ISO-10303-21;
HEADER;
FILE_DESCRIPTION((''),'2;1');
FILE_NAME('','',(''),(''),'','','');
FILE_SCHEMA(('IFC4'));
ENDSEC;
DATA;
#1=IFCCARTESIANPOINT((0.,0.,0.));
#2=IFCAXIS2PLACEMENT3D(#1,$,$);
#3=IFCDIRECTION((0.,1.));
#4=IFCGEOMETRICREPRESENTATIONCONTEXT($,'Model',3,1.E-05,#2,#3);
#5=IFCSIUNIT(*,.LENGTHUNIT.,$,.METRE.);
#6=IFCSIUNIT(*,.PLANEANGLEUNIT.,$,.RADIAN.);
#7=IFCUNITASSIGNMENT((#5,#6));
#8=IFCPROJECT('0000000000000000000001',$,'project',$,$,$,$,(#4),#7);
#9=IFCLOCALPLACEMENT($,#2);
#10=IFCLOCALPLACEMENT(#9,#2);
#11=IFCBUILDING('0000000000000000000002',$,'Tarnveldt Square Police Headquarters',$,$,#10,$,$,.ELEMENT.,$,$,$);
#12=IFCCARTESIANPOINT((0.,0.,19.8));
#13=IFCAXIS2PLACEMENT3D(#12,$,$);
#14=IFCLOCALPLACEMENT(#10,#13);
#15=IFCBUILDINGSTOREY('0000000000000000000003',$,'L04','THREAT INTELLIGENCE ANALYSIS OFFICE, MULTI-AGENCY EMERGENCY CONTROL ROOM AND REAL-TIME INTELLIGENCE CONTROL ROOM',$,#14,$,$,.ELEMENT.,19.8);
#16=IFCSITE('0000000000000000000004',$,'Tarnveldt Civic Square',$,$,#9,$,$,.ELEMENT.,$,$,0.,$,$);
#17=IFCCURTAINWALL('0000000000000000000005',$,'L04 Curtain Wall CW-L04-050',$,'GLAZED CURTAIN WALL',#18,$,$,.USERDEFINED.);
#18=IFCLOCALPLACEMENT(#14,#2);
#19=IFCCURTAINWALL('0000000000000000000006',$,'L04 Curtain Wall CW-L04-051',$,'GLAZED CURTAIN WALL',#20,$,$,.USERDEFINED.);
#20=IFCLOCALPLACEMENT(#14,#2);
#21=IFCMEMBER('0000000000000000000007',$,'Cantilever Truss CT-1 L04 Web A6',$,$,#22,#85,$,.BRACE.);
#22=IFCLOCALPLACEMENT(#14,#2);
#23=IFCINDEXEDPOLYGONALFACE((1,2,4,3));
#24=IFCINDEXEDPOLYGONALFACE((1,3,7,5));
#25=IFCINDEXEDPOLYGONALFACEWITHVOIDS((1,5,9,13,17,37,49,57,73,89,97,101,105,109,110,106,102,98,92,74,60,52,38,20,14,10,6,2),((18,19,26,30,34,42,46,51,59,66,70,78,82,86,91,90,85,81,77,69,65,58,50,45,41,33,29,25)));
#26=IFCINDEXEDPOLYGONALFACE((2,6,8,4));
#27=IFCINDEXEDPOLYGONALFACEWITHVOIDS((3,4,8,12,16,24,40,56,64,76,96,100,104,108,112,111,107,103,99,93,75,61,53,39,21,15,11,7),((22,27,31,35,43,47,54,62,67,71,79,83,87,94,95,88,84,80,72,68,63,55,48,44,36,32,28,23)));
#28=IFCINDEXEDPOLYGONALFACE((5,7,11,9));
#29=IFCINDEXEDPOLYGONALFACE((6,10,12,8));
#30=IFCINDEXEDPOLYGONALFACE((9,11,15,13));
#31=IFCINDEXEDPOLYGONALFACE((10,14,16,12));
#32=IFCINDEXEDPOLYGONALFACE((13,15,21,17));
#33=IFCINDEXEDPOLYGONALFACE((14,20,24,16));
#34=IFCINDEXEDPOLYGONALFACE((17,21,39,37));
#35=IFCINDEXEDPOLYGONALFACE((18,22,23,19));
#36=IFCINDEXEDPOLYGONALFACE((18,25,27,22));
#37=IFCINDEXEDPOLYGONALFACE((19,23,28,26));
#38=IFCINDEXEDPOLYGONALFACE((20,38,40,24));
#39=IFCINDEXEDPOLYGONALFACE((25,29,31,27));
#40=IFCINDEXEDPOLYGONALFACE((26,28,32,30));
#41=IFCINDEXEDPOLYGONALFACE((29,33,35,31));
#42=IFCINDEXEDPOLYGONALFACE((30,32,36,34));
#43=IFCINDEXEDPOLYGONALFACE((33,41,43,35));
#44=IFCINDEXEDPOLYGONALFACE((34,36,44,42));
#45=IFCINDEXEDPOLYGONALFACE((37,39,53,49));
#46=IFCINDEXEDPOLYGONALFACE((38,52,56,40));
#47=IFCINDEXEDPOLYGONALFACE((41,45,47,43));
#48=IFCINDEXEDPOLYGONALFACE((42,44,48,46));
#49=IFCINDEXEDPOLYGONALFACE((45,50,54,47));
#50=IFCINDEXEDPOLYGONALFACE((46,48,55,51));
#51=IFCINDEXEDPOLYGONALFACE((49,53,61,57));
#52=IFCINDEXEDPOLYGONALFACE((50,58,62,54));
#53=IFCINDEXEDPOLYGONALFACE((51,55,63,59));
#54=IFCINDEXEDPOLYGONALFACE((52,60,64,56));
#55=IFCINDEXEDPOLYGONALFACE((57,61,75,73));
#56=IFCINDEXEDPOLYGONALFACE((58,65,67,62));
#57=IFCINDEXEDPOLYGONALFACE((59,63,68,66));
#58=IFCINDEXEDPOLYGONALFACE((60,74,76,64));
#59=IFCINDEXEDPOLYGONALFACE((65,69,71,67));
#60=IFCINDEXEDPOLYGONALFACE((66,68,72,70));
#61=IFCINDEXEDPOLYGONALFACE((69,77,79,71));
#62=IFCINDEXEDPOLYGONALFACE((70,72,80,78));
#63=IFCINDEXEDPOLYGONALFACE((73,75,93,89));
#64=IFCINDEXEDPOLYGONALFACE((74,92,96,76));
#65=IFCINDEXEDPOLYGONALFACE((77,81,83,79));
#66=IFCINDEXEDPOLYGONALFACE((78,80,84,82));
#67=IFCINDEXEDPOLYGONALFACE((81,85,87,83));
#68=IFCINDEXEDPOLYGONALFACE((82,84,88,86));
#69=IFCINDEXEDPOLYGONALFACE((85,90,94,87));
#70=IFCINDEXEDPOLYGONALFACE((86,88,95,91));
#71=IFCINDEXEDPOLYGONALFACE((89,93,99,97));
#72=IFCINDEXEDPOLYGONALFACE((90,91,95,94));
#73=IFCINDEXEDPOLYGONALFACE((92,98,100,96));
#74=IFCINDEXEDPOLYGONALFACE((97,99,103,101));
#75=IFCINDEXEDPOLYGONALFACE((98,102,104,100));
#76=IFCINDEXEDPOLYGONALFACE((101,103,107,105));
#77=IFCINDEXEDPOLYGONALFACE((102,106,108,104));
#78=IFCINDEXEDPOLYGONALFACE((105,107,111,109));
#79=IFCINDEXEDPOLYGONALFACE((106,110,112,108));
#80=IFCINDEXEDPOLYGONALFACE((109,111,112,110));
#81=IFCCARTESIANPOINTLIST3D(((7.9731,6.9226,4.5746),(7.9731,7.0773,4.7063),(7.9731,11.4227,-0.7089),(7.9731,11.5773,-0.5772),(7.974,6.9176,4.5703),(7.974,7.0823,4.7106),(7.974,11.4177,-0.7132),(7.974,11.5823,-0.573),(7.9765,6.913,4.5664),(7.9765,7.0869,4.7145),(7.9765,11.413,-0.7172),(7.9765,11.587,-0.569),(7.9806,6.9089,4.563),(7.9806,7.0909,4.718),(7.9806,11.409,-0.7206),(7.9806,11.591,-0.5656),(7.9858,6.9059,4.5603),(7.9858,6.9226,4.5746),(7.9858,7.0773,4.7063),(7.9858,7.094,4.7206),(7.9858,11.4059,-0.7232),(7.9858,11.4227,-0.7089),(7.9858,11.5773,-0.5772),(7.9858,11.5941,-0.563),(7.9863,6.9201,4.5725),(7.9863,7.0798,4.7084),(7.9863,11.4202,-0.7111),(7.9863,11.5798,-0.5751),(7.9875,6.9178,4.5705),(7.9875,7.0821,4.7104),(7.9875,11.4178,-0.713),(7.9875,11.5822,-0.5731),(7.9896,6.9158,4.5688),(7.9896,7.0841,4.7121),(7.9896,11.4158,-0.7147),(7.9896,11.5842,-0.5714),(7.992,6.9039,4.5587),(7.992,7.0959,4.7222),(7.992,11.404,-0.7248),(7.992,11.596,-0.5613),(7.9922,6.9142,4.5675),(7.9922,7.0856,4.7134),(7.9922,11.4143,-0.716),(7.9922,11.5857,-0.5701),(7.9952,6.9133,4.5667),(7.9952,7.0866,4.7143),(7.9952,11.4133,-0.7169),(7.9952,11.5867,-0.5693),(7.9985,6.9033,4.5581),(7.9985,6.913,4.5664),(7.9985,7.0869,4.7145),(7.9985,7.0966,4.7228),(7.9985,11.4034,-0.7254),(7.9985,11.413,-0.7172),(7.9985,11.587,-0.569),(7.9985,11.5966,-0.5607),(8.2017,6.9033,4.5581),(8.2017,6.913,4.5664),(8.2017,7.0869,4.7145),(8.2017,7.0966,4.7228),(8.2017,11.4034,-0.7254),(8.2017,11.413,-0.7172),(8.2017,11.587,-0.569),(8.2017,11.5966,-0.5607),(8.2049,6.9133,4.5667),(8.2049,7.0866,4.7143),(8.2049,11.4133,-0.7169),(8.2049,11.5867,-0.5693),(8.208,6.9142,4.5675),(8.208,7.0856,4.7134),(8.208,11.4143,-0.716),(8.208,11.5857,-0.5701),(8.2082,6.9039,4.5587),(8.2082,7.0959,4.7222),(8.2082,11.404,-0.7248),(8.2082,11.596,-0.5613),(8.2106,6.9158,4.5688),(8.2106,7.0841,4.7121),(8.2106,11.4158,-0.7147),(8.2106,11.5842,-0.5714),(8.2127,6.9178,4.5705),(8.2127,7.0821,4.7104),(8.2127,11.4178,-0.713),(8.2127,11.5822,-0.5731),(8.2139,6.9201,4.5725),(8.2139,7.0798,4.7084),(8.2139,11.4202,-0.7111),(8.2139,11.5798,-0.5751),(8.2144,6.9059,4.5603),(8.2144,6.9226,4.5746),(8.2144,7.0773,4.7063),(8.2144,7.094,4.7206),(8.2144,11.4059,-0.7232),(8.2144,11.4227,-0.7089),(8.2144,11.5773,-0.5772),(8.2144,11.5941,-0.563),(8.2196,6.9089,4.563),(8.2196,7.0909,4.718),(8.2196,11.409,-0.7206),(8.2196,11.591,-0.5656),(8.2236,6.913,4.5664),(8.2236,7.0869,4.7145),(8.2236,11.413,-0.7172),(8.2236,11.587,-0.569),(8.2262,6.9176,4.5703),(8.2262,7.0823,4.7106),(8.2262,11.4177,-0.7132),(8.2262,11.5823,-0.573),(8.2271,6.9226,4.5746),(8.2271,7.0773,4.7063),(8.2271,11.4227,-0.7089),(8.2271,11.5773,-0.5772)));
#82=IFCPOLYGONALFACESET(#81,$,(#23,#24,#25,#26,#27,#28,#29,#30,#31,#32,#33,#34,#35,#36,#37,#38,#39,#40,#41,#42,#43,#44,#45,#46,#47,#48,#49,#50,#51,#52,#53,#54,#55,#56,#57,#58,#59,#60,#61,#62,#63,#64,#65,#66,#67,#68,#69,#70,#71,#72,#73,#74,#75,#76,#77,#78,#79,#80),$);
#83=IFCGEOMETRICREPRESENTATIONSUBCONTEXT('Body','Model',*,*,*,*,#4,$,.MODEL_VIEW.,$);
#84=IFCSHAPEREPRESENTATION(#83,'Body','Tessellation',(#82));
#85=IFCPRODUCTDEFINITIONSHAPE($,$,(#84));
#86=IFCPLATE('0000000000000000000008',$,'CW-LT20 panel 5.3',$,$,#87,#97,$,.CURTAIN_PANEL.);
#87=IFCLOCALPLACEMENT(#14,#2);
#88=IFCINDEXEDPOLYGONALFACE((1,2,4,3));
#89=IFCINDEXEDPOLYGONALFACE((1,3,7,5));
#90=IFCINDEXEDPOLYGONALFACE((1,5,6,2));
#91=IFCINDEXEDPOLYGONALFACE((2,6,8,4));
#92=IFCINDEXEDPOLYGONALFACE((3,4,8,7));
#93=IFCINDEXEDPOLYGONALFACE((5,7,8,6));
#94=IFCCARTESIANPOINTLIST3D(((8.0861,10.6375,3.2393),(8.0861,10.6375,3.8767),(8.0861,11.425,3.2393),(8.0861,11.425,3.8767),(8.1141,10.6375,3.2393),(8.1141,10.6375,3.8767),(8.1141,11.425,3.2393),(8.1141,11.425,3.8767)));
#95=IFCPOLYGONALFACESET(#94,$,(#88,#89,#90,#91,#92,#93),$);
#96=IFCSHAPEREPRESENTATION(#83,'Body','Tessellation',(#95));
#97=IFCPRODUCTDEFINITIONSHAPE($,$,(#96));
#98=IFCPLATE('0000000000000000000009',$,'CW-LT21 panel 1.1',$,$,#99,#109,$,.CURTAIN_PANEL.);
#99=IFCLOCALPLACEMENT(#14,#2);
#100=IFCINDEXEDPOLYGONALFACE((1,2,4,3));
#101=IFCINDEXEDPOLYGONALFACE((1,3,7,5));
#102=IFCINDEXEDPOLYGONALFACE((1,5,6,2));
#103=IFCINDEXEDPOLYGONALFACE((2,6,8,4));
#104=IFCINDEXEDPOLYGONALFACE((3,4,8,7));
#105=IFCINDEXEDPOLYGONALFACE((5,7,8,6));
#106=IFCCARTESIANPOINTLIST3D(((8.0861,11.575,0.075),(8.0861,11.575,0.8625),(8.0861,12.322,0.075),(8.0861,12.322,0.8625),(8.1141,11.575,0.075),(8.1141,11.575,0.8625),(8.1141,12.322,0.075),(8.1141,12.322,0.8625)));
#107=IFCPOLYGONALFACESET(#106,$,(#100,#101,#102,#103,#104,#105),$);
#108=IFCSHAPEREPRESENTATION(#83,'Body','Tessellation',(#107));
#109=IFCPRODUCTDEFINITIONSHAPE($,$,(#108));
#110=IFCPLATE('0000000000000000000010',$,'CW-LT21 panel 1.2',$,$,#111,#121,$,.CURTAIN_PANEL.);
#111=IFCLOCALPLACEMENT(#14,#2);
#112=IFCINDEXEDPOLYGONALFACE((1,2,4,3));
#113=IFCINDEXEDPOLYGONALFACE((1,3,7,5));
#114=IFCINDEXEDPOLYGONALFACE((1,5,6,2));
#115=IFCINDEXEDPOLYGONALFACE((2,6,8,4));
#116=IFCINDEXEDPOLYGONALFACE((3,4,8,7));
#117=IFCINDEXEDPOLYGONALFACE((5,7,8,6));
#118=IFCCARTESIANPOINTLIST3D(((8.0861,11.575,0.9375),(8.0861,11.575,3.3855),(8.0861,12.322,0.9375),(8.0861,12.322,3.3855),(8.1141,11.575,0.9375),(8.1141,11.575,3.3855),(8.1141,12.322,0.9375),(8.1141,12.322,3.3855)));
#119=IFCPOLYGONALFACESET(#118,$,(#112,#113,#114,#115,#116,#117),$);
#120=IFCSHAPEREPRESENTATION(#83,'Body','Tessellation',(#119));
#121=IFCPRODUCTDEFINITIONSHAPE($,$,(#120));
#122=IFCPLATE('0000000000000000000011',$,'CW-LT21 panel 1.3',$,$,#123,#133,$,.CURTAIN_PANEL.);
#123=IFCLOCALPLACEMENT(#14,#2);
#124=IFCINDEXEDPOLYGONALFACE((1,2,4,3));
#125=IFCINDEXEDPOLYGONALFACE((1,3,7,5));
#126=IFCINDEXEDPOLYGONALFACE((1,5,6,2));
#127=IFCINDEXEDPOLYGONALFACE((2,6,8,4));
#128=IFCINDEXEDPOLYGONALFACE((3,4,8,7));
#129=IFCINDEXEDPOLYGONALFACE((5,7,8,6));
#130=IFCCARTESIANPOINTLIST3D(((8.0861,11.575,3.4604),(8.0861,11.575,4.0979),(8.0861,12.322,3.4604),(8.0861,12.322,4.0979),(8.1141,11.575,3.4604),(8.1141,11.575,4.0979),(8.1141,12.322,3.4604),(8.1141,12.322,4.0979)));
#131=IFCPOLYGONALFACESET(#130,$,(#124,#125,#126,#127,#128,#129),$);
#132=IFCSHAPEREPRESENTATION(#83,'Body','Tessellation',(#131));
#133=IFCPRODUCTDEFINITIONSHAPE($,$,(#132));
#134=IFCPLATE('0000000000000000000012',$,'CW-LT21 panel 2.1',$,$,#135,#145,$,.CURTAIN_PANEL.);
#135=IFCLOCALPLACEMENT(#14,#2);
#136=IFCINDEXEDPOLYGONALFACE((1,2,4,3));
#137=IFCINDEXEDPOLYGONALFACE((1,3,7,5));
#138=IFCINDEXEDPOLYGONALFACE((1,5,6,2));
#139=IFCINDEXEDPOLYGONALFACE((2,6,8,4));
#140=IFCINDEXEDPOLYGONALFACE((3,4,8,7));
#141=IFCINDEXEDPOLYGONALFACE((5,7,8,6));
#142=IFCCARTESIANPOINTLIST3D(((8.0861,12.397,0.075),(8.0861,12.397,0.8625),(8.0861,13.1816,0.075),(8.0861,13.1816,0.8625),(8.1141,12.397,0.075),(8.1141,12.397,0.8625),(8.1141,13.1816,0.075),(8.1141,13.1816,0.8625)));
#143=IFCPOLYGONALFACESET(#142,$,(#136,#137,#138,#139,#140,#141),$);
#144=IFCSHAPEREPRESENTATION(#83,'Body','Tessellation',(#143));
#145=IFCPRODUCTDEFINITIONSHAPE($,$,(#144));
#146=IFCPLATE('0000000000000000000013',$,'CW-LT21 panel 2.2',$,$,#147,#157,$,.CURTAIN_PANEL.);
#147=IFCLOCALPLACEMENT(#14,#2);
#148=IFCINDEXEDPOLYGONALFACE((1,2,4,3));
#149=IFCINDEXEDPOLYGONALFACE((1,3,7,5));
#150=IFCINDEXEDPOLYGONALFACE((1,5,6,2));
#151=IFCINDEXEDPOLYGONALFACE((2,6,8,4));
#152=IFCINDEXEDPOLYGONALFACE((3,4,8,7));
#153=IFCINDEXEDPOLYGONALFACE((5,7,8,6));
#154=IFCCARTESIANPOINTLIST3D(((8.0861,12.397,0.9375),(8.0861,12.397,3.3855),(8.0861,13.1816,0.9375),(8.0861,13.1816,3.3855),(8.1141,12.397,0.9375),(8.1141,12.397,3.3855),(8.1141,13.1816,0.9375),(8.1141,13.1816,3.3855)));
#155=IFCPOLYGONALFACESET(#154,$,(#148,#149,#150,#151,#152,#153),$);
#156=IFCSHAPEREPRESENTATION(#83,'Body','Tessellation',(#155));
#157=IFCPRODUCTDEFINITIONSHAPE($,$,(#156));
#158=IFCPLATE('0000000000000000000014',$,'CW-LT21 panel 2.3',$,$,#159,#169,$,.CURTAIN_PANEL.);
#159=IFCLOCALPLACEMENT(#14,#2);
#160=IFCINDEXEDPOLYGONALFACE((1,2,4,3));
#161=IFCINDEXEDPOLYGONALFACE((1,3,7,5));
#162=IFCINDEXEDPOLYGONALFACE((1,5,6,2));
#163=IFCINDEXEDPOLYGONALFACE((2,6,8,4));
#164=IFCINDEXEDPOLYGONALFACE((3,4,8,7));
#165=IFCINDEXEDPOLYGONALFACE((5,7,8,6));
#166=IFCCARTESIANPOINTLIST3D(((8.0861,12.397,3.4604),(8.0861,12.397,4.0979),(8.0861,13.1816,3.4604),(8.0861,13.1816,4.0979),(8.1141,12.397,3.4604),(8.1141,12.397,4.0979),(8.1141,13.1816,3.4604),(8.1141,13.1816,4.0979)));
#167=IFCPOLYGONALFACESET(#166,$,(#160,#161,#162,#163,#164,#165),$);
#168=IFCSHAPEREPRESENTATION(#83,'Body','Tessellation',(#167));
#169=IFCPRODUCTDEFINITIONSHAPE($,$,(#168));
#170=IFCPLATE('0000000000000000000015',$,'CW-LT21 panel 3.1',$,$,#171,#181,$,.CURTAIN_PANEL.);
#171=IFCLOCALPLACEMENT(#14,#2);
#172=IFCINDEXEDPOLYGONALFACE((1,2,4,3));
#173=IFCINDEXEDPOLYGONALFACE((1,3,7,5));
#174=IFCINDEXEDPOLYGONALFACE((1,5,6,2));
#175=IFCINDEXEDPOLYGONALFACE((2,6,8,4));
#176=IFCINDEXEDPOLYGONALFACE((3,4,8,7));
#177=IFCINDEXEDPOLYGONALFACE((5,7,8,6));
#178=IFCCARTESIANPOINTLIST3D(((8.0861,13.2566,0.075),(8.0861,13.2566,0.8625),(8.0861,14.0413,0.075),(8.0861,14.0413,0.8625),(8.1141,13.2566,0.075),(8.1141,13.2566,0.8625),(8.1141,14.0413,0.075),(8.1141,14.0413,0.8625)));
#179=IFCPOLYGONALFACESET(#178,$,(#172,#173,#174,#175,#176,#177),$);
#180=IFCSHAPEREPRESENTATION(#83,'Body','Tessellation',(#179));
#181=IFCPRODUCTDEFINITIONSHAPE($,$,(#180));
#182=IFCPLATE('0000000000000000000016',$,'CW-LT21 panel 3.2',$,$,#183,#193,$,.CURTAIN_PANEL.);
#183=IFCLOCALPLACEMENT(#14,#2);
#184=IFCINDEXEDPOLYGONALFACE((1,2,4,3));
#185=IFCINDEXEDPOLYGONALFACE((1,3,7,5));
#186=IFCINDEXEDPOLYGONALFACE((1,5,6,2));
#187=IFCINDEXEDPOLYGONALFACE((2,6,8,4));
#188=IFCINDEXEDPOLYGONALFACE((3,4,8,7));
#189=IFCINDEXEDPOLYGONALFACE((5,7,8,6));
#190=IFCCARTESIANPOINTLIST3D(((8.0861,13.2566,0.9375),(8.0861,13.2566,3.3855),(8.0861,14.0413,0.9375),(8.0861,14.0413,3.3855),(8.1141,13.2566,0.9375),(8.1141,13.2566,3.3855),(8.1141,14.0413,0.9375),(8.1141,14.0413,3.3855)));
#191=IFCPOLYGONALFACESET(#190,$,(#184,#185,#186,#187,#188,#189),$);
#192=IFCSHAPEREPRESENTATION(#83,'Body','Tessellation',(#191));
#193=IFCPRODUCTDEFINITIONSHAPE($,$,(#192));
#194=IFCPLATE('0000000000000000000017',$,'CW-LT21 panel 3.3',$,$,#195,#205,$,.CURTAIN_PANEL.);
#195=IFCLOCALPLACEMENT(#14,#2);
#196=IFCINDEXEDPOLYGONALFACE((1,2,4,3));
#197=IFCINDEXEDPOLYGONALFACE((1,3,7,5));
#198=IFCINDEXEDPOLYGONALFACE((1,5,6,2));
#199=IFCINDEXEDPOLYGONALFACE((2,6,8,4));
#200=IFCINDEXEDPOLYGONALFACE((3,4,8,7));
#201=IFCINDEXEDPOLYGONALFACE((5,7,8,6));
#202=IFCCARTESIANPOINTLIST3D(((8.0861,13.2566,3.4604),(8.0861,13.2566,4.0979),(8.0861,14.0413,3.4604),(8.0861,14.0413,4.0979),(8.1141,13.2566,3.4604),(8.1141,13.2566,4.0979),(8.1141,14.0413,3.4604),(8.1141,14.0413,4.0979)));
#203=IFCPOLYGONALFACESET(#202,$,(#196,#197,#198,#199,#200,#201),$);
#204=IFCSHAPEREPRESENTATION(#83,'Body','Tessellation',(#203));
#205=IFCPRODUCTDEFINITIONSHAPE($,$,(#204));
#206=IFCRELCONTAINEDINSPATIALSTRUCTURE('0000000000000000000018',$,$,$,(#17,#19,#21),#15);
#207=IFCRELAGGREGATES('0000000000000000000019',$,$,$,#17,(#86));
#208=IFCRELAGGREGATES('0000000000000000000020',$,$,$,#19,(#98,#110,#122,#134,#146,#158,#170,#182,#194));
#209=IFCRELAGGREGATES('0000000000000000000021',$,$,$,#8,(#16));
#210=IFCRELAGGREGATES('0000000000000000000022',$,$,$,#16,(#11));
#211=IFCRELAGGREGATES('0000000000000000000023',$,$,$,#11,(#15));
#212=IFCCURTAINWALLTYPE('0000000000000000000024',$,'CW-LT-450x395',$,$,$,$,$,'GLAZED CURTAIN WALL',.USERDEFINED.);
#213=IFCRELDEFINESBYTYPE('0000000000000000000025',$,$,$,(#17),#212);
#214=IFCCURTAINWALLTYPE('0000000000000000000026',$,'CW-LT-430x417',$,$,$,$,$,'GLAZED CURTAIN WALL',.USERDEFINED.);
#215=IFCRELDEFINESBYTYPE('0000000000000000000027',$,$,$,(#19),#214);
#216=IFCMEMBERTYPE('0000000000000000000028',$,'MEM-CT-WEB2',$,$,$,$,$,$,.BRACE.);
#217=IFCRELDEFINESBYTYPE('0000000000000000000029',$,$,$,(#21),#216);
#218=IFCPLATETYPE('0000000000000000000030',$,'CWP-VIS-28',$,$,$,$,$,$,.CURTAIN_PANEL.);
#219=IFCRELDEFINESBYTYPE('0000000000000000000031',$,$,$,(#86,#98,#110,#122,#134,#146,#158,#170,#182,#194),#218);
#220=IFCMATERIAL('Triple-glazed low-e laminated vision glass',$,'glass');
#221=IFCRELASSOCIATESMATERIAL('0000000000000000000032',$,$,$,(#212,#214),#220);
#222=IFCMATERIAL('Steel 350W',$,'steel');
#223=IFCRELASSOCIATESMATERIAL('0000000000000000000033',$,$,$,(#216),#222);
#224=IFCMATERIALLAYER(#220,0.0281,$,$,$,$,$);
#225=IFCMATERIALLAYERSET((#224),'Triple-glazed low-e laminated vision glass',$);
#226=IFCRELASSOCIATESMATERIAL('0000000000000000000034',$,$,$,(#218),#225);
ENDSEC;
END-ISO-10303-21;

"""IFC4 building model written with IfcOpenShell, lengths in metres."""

from ifc_helpers import new_model, si_unit, direction, frame, origin, origin_2d, place, context, subcontext, project, spatial, rectangle, hollow_rectangle, extrude, material, layer, layer_set, material_profile, profile_set, type_object, element, aggregate, save


model = new_model("IFC4")

# Units and contexts
model_context = context("Model", 3, precision=1e-05, world=origin(), true_north=direction((0.0, 1.0)))
body_context = subcontext(model_context, "Body", "Model", "MODEL_VIEW")
ifc_project = project(units=[si_unit("LENGTHUNIT", "METRE"), si_unit("PLANEANGLEUNIT", "RADIAN")], contexts=[model_context])

# Site, building, storey
site_placement = place(None, origin())
site = spatial("IfcSite", under=ifc_project, at=site_placement, Name="Tarnveldt Civic Square", CompositionType="ELEMENT", RefElevation=0.0)
building_placement = place(site_placement, origin())
building = spatial("IfcBuilding", under=site, at=building_placement, Name="Tarnveldt Square Police Headquarters", CompositionType="ELEMENT")
storey_placement = place(building_placement, frame((0.0, 0.0, 19.8)))
storey = spatial("IfcBuildingStorey", under=building, at=storey_placement, Name="L04", Description="THREAT INTELLIGENCE ANALYSIS OFFICE, MULTI-AGENCY EMERGENCY CONTROL ROOM AND REAL-TIME INTELLIGENCE CONTROL ROOM", CompositionType="ELEMENT", Elevation=19.8)

# Shared definitions
ifc_material_1 = material(Name="Steel 350W", Category="steel")

# Curtain wall
ifc_material_2 = material(Name="Triple-glazed low-e laminated vision glass", Category="glass")
curtain_wall_type_1 = type_object("IfcCurtainWallType", Name="CW-LT-450x395", ElementType="GLAZED CURTAIN WALL", PredefinedType="USERDEFINED", material=ifc_material_2)
curtain_wall_1_placement = place(storey_placement, origin())
curtain_wall_1 = element("IfcCurtainWall", 1, at=curtain_wall_1_placement, inside=storey, type_object=curtain_wall_type_1, Name="L04 Curtain Wall CW-L04-050", ObjectType="GLAZED CURTAIN WALL", PredefinedType="USERDEFINED")

# Curtain wall
curtain_wall_type_2 = type_object("IfcCurtainWallType", Name="CW-LT-430x417", ElementType="GLAZED CURTAIN WALL", PredefinedType="USERDEFINED", material=ifc_material_2)
curtain_wall_2_placement = place(storey_placement, origin())
curtain_wall_2 = element("IfcCurtainWall", 2, at=curtain_wall_2_placement, inside=storey, type_object=curtain_wall_type_2, Name="L04 Curtain Wall CW-L04-051", ObjectType="GLAZED CURTAIN WALL", PredefinedType="USERDEFINED")

# Member
ifc_material_profile_1 = material_profile(ifc_material_1, hollow_rectangle(XDim=0.2539, YDim=0.2539, WallThickness=0.0127, InnerFilletRadius=0.0127, OuterFilletRadius=0.0254, at=origin_2d()), Name="HSS254x254x13")
ifc_profile_set_1 = profile_set([ifc_material_profile_1], Name="Steel 350W")
member_type_1 = type_object("IfcMemberType", Name="MEM-CT-WEB2", PredefinedType="BRACE", material=ifc_profile_set_1)
member_1_placement = place(storey_placement, frame((8.1001, 11.5, -0.6431), z_axis=(0.0, -0.648407, 0.761294), x_axis=(1.0, 0.0, 0.0)))
element("IfcMember", 3, at=member_1_placement, inside=storey, type_object=member_type_1, Name="Cantilever Truss CT-1 L04 Web A6", PredefinedType="BRACE", context=body_context, shape_type="SweptSolid", body=[
    extrude(hollow_rectangle(XDim=0.2539, YDim=0.2539, WallThickness=0.0127, InnerFilletRadius=0.0127, OuterFilletRadius=0.0254, at=origin_2d()), origin(), (0.0, 0.0, 1.0), 6.9402),
])

# Plates
ifc_layer_1 = layer(ifc_material_2, 0.0281)
ifc_layer_set_1 = layer_set([ifc_layer_1], Name="Triple-glazed low-e laminated vision glass")
plate_type_1 = type_object("IfcPlateType", Name="CWP-VIS-28", PredefinedType="CURTAIN_PANEL", material=ifc_layer_set_1)
plate_1_placement = place(storey_placement, frame((8.1001, 11.0312, 3.2393), z_axis=(0.0, 0.0, 1.0), x_axis=(0.0, 1.0, 0.0)))
plate_1 = element("IfcPlate", 4, at=plate_1_placement, type_object=plate_type_1, Name="CW-LT20 panel 5.3", PredefinedType="CURTAIN_PANEL", context=body_context, shape_type="SweptSolid", body=[
    extrude(rectangle(XDim=0.7876, YDim=0.0281, at=origin_2d()), origin(), (0.0, 0.0, 1.0), 0.6375),
])
aggregate(curtain_wall_1, [plate_1])
plate_2_placement = place(storey_placement, frame((8.1001, 11.9485, 0.075), z_axis=(0.0, 0.0, 1.0), x_axis=(0.0, 1.0, 0.0)))
plate_2 = element("IfcPlate", 5, at=plate_2_placement, type_object=plate_type_1, Name="CW-LT21 panel 1.1", PredefinedType="CURTAIN_PANEL", context=body_context, shape_type="SweptSolid", body=[
    extrude(rectangle(XDim=0.7471, YDim=0.0281, at=origin_2d()), origin(), (0.0, 0.0, 1.0), 0.7876),
])
plate_3_placement = place(storey_placement, frame((8.1001, 11.9485, 0.9375), z_axis=(0.0, 0.0, 1.0), x_axis=(0.0, 1.0, 0.0)))
plate_3 = element("IfcPlate", 6, at=plate_3_placement, type_object=plate_type_1, Name="CW-LT21 panel 1.2", PredefinedType="CURTAIN_PANEL", context=body_context, shape_type="SweptSolid", body=[
    extrude(rectangle(XDim=0.7471, YDim=0.0281, at=origin_2d()), origin(), (0.0, 0.0, 1.0), 2.448),
])
plate_4_placement = place(storey_placement, frame((8.1001, 11.9485, 3.4604), z_axis=(0.0, 0.0, 1.0), x_axis=(0.0, 1.0, 0.0)))
plate_4 = element("IfcPlate", 7, at=plate_4_placement, type_object=plate_type_1, Name="CW-LT21 panel 1.3", PredefinedType="CURTAIN_PANEL", context=body_context, shape_type="SweptSolid", body=[
    extrude(rectangle(XDim=0.7471, YDim=0.0281, at=origin_2d()), origin(), (0.0, 0.0, 1.0), 0.6375),
])
plate_5_placement = place(storey_placement, frame((8.1001, 12.7893, 0.075), z_axis=(0.0, 0.0, 1.0), x_axis=(0.0, 1.0, 0.0)))
plate_5 = element("IfcPlate", 8, at=plate_5_placement, type_object=plate_type_1, Name="CW-LT21 panel 2.1", PredefinedType="CURTAIN_PANEL", context=body_context, shape_type="SweptSolid", body=[
    extrude(rectangle(XDim=0.7847, YDim=0.0281, at=origin_2d()), origin(), (0.0, 0.0, 1.0), 0.7876),
])
plate_6_placement = place(storey_placement, frame((8.1001, 12.7893, 0.9375), z_axis=(0.0, 0.0, 1.0), x_axis=(0.0, 1.0, 0.0)))
plate_6 = element("IfcPlate", 9, at=plate_6_placement, type_object=plate_type_1, Name="CW-LT21 panel 2.2", PredefinedType="CURTAIN_PANEL", context=body_context, shape_type="SweptSolid", body=[
    extrude(rectangle(XDim=0.7847, YDim=0.0281, at=origin_2d()), origin(), (0.0, 0.0, 1.0), 2.448),
])
plate_7_placement = place(storey_placement, frame((8.1001, 12.7893, 3.4604), z_axis=(0.0, 0.0, 1.0), x_axis=(0.0, 1.0, 0.0)))
plate_7 = element("IfcPlate", 10, at=plate_7_placement, type_object=plate_type_1, Name="CW-LT21 panel 2.3", PredefinedType="CURTAIN_PANEL", context=body_context, shape_type="SweptSolid", body=[
    extrude(rectangle(XDim=0.7847, YDim=0.0281, at=origin_2d()), origin(), (0.0, 0.0, 1.0), 0.6375),
])
plate_8_placement = place(storey_placement, frame((8.1001, 13.6489, 0.075), z_axis=(0.0, 0.0, 1.0), x_axis=(0.0, 1.0, 0.0)))
plate_8 = element("IfcPlate", 11, at=plate_8_placement, type_object=plate_type_1, Name="CW-LT21 panel 3.1", PredefinedType="CURTAIN_PANEL", context=body_context, shape_type="SweptSolid", body=[
    extrude(rectangle(XDim=0.7847, YDim=0.0281, at=origin_2d()), origin(), (0.0, 0.0, 1.0), 0.7876),
])
plate_9_placement = place(storey_placement, frame((8.1001, 13.6489, 0.9375), z_axis=(0.0, 0.0, 1.0), x_axis=(0.0, 1.0, 0.0)))
plate_9 = element("IfcPlate", 12, at=plate_9_placement, type_object=plate_type_1, Name="CW-LT21 panel 3.2", PredefinedType="CURTAIN_PANEL", context=body_context, shape_type="SweptSolid", body=[
    extrude(rectangle(XDim=0.7847, YDim=0.0281, at=origin_2d()), origin(), (0.0, 0.0, 1.0), 2.448),
])
plate_10_placement = place(storey_placement, frame((8.1001, 13.6489, 3.4604), z_axis=(0.0, 0.0, 1.0), x_axis=(0.0, 1.0, 0.0)))
plate_10 = element("IfcPlate", 13, at=plate_10_placement, type_object=plate_type_1, Name="CW-LT21 panel 3.3", PredefinedType="CURTAIN_PANEL", context=body_context, shape_type="SweptSolid", body=[
    extrude(rectangle(XDim=0.7847, YDim=0.0281, at=origin_2d()), origin(), (0.0, 0.0, 1.0), 0.6375),
])
aggregate(curtain_wall_2, [plate_2, plate_3, plate_4, plate_5, plate_6, plate_7, plate_8, plate_9, plate_10])

save(model, "model.ifc")
